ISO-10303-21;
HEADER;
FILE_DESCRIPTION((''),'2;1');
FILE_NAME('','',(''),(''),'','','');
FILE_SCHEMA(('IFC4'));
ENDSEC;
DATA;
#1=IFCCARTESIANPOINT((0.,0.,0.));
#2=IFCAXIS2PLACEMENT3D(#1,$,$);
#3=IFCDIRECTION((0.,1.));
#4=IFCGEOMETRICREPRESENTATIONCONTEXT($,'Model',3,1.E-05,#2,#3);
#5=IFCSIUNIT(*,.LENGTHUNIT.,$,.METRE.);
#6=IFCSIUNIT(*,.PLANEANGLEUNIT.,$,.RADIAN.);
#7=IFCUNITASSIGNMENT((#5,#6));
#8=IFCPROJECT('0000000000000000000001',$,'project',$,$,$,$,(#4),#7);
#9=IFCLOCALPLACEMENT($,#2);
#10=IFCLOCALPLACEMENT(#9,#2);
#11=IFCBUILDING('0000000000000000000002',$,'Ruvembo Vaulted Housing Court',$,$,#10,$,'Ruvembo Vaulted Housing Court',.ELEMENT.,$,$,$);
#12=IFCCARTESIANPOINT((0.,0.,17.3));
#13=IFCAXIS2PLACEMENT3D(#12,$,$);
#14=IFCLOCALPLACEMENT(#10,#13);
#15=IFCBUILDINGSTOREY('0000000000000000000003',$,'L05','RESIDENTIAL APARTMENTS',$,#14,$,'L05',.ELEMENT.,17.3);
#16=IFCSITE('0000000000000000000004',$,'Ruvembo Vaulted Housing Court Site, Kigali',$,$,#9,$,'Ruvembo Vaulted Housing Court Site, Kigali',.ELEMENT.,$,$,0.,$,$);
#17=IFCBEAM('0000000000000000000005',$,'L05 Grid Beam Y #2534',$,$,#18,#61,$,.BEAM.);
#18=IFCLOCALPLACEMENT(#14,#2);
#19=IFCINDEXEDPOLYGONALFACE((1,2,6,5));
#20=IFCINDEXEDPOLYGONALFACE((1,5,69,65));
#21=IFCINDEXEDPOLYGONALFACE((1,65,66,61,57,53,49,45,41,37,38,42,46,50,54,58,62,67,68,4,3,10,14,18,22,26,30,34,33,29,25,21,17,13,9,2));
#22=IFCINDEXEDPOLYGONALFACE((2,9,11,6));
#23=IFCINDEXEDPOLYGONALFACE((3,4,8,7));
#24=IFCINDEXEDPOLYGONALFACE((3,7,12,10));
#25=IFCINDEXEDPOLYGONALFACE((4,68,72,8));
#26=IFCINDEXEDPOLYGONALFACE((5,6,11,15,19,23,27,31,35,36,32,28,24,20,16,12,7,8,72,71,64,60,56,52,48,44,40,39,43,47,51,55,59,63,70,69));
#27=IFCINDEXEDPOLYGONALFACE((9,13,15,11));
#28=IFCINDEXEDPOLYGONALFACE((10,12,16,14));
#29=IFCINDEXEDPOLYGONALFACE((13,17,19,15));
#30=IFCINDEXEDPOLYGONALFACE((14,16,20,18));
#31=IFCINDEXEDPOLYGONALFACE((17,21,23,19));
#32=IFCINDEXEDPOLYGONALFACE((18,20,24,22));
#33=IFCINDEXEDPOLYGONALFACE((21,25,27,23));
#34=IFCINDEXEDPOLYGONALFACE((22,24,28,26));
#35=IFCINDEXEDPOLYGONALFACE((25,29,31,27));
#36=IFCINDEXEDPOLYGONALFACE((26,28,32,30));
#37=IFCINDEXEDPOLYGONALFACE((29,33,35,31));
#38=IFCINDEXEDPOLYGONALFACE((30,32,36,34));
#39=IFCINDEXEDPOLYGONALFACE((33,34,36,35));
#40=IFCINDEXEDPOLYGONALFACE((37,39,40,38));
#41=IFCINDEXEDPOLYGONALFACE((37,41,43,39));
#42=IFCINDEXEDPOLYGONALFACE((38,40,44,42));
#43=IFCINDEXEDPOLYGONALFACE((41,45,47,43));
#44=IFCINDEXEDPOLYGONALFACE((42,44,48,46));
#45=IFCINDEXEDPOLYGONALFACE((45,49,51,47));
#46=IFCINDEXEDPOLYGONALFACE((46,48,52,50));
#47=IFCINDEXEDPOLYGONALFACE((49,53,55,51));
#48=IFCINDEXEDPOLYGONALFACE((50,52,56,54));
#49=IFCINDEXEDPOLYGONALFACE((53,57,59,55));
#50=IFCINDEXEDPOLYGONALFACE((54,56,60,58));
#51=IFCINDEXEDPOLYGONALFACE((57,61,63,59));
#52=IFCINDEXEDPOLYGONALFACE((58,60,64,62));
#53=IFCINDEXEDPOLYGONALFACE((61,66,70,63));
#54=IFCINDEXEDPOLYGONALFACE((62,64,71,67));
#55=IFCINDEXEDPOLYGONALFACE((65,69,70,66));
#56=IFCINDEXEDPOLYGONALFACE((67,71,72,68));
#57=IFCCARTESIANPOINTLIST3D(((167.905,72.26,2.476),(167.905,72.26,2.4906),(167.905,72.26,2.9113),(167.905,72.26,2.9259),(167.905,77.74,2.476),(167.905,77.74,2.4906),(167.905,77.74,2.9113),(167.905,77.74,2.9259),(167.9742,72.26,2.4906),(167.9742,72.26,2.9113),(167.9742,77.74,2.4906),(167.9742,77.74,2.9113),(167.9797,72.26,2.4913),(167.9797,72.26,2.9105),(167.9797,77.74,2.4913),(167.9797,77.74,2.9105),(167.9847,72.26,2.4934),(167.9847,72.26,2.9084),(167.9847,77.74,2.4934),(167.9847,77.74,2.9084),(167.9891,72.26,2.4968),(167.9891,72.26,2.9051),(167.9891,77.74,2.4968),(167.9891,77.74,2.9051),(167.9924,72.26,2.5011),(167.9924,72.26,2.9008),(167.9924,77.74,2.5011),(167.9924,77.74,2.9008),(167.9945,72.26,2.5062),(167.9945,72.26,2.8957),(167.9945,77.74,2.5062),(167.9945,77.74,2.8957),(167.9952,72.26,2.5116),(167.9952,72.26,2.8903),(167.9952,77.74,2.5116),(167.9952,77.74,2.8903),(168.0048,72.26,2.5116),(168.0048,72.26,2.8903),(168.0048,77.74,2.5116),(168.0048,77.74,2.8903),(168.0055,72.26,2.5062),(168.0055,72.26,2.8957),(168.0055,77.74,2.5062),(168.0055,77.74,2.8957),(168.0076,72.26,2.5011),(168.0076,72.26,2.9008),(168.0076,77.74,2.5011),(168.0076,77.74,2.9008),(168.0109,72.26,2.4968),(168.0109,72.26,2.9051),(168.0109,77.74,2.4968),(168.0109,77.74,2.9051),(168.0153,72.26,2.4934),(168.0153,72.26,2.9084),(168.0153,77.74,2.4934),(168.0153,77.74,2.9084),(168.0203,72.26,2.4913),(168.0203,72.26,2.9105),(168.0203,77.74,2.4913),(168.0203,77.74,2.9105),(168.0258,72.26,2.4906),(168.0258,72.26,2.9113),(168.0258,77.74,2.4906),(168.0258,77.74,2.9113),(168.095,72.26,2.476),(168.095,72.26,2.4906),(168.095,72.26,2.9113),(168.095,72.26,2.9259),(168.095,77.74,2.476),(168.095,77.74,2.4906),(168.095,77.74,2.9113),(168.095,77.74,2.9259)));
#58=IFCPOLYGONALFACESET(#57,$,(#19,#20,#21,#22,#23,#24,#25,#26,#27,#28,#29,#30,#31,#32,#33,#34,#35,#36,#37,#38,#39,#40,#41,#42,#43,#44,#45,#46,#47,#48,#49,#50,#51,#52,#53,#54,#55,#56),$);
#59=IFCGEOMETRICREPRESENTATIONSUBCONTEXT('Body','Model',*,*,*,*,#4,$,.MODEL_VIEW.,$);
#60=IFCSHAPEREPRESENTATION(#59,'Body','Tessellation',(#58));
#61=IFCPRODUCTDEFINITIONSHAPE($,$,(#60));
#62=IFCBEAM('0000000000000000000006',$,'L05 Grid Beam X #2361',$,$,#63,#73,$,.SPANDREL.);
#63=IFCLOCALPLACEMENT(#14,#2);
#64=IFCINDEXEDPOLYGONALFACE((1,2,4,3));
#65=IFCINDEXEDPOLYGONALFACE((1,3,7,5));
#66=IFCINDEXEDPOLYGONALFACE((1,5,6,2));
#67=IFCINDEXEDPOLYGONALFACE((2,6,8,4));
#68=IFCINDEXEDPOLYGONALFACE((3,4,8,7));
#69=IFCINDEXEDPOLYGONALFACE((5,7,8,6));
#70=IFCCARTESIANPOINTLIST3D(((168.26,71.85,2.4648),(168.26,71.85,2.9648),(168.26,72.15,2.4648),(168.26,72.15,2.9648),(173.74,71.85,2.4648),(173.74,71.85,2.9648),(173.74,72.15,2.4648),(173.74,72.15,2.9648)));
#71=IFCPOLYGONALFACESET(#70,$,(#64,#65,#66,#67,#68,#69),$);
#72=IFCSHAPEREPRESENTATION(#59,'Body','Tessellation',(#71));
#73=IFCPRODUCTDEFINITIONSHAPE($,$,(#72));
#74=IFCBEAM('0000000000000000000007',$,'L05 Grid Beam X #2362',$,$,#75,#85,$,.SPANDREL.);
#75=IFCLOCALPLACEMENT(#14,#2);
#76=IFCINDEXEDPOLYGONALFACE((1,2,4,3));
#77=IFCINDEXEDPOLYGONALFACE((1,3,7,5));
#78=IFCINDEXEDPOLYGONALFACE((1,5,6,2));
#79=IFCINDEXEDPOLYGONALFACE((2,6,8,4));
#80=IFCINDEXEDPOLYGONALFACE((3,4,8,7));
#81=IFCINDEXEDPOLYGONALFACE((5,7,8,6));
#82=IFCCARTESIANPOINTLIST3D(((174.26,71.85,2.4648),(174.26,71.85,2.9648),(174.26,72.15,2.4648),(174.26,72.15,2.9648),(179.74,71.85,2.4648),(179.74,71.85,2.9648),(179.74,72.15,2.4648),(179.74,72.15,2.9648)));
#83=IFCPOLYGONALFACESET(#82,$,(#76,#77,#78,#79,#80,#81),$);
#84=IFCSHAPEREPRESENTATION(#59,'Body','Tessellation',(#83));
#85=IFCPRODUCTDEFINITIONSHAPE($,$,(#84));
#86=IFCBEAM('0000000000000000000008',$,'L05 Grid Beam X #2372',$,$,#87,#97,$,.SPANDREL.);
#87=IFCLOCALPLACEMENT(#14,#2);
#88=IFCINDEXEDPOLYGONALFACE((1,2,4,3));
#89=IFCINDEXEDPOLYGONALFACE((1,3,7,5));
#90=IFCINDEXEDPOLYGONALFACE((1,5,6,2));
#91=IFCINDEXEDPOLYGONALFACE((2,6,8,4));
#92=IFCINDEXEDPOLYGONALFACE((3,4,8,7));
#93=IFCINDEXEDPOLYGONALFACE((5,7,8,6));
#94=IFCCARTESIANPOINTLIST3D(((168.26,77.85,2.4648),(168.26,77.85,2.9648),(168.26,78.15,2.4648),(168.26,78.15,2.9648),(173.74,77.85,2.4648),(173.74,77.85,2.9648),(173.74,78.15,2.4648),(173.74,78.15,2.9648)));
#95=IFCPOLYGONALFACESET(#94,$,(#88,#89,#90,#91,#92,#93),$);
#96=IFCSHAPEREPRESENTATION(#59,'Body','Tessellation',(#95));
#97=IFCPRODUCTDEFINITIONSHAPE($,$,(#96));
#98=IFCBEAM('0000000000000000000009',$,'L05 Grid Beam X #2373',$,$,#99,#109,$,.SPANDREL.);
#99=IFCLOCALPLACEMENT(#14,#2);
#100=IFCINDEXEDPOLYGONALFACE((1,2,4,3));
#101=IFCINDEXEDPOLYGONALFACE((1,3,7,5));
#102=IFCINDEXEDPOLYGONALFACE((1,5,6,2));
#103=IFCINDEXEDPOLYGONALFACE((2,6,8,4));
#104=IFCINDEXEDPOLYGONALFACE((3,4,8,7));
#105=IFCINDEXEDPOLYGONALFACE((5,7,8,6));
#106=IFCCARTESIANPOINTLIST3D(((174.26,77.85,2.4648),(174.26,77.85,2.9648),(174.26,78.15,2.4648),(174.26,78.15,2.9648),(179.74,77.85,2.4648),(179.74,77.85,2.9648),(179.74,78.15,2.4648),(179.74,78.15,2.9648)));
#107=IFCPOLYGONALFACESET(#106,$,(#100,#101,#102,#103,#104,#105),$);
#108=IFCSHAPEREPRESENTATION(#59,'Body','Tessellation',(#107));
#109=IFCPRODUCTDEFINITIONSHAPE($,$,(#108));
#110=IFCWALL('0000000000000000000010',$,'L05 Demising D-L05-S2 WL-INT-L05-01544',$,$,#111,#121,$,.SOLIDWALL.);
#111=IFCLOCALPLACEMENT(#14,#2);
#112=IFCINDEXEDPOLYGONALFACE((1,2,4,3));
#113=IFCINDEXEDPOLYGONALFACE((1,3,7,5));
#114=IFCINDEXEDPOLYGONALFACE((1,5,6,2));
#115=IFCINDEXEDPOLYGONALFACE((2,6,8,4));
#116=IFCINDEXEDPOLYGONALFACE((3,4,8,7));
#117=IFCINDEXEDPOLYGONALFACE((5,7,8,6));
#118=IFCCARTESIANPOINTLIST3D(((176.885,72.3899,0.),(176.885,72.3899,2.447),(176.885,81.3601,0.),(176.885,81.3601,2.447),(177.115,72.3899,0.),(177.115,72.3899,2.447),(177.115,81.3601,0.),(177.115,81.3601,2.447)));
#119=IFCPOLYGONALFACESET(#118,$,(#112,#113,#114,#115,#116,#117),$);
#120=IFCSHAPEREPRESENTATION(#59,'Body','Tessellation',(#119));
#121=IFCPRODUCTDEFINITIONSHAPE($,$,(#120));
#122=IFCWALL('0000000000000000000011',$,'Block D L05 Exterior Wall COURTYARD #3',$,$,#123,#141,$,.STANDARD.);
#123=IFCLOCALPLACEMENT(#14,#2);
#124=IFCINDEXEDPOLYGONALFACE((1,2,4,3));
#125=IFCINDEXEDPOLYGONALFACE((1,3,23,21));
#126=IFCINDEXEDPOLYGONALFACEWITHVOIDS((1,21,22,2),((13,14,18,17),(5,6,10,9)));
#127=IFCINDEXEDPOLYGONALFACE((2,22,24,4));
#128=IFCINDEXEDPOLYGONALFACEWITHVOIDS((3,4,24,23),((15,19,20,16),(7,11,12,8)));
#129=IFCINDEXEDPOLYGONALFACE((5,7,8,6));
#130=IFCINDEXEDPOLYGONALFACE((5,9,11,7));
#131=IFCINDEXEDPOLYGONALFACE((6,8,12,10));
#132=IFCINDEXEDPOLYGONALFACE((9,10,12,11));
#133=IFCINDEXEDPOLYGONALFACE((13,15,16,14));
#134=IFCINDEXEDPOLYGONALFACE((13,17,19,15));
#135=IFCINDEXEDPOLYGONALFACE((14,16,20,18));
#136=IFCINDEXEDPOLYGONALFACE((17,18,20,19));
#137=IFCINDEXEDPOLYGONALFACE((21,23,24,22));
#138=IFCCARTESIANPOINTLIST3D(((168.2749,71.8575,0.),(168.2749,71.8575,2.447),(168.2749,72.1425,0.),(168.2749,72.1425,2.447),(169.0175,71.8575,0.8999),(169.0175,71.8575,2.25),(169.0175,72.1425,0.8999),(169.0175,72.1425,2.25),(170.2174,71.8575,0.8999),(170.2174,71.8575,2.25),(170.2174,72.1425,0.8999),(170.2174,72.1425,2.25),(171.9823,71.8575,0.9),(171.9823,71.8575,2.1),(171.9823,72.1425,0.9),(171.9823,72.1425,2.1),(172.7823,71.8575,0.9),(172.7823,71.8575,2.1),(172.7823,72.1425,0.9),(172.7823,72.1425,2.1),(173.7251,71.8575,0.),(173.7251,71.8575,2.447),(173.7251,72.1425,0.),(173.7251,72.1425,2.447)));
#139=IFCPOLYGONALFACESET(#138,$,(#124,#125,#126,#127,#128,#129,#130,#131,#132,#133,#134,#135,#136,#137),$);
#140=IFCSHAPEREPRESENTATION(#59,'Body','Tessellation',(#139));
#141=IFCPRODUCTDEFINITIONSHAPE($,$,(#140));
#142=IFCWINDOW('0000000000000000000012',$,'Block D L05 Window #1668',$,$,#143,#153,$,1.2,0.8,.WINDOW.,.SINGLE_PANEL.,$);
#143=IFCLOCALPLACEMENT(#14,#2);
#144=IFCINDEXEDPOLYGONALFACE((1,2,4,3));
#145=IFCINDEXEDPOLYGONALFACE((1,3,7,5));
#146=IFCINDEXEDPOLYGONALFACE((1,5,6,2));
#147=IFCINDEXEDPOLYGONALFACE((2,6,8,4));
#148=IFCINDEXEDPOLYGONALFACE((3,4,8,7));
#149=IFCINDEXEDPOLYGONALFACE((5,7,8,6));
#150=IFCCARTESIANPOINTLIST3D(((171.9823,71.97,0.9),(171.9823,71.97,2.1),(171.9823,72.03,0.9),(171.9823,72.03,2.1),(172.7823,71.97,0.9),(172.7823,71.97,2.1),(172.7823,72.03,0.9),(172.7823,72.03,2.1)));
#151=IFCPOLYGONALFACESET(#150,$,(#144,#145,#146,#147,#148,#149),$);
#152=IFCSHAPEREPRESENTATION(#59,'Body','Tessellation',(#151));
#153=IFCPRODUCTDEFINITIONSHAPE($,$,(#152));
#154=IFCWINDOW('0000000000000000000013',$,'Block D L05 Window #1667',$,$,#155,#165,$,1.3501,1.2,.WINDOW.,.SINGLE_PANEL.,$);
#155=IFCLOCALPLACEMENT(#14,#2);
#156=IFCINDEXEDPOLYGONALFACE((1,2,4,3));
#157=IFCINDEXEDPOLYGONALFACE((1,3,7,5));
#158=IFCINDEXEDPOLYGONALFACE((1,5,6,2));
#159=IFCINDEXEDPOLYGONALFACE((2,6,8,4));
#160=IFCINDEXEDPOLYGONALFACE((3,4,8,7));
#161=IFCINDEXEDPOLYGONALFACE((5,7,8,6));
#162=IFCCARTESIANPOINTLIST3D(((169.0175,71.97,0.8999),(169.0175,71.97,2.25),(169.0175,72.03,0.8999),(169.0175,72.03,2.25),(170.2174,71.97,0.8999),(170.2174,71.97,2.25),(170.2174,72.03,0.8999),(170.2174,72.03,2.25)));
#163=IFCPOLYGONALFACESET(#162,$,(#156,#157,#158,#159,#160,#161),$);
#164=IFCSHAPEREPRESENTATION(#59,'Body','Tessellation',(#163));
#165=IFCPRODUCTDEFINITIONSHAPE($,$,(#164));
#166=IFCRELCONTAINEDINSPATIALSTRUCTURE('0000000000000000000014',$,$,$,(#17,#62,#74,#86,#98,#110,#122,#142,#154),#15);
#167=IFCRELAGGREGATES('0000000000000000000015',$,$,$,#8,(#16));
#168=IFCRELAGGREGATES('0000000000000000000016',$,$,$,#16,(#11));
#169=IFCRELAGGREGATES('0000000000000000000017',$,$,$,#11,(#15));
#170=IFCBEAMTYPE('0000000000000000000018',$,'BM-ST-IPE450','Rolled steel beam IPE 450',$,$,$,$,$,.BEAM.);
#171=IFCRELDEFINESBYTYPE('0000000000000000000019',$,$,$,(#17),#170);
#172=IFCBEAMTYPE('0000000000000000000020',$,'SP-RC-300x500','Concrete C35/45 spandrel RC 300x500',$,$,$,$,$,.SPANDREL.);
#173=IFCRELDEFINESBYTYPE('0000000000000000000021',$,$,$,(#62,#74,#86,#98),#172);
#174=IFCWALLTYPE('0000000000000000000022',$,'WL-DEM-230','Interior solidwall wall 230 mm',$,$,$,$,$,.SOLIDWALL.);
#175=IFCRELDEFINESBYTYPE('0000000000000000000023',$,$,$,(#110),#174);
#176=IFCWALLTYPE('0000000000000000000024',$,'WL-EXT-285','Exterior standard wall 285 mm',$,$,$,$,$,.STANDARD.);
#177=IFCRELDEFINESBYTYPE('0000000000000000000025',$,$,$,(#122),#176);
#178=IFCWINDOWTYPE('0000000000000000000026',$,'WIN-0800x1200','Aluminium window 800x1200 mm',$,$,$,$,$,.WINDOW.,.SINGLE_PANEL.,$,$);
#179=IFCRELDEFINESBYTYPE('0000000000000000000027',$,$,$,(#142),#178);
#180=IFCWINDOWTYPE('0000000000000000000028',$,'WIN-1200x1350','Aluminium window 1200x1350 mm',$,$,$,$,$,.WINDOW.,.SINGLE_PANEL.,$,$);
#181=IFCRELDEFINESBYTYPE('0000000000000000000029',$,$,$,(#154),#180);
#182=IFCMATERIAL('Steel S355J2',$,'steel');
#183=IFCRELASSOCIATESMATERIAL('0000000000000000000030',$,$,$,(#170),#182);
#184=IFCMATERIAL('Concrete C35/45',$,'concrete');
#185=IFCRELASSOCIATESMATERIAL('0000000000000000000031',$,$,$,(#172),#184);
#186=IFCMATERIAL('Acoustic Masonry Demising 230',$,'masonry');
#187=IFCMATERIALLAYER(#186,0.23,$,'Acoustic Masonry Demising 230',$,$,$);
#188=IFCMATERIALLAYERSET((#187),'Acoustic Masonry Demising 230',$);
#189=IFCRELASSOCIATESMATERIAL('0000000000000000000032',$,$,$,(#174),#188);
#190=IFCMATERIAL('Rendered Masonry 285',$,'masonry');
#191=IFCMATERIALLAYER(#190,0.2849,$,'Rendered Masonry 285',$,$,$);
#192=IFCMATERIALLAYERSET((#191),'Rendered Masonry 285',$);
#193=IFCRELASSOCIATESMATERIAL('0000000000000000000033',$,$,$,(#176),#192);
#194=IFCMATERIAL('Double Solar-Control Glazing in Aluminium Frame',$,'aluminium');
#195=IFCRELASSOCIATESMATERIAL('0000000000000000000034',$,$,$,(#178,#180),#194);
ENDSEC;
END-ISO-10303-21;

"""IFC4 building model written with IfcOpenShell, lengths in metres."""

from ifc_helpers import new_model, si_unit, direction, frame, frame_2d, origin, origin_2d, place, context, subcontext, project, spatial, rectangle, i_section, extrude, material, layer, layer_set, material_profile, profile_set, type_object, element, fill, save


model = new_model("IFC4")

# Units and contexts
model_context = context("Model", 3, precision=1e-05, world=origin(), true_north=direction((0.0, 1.0)))
body_context = subcontext(model_context, "Body", "Model", "MODEL_VIEW")
ifc_project = project(units=[si_unit("LENGTHUNIT", "METRE"), si_unit("PLANEANGLEUNIT", "RADIAN")], contexts=[model_context])

# Site, building, storey
site_placement = place(None, origin())
site = spatial("IfcSite", under=ifc_project, at=site_placement, Name="Ruvembo Vaulted Housing Court Site, Kigali", LongName="Ruvembo Vaulted Housing Court Site, Kigali", CompositionType="ELEMENT", RefElevation=0.0)
building_placement = place(site_placement, origin())
building = spatial("IfcBuilding", under=site, at=building_placement, Name="Ruvembo Vaulted Housing Court", LongName="Ruvembo Vaulted Housing Court", CompositionType="ELEMENT")
storey_placement = place(building_placement, frame((0.0, 0.0, 17.3)))
storey = spatial("IfcBuildingStorey", under=building, at=storey_placement, Name="L05", Description="RESIDENTIAL APARTMENTS", LongName="L05", CompositionType="ELEMENT", Elevation=17.3)

# Shared definitions
ifc_material_1 = material(Name="Concrete C35/45", Category="concrete")

# Beams
ifc_material_2 = material(Name="Steel S355J2", Category="steel")
ifc_material_profile_1 = material_profile(ifc_material_2, i_section(OverallWidth=0.1899, OverallDepth=0.45, WebThickness=0.0095, FlangeThickness=0.0146, FilletRadius=0.021, at=origin_2d()), Name="IPE 450")
ifc_profile_set_1 = profile_set([ifc_material_profile_1], Name="Steel S355J2")
beam_type_1 = type_object("IfcBeamType", Name="BM-ST-IPE450", Description="Rolled steel beam IPE 450", PredefinedType="BEAM", material=ifc_profile_set_1)
beam_1_placement = place(storey_placement, frame((168.0, 72.26, 2.7009), z_axis=(0.0, 1.0, 0.0), x_axis=(-1.0, 0.0, 0.0)))
element("IfcBeam", 1, at=beam_1_placement, inside=storey, type_object=beam_type_1, Name="L05 Grid Beam Y #2534", PredefinedType="BEAM", context=body_context, shape_type="SweptSolid", body=[
    extrude(i_section(OverallWidth=0.1899, OverallDepth=0.45, WebThickness=0.0095, FlangeThickness=0.0146, FilletRadius=0.021, at=origin_2d()), origin(), (0.0, 0.0, 1.0), 5.48),
])
ifc_material_profile_2 = material_profile(ifc_material_1, rectangle(XDim=0.3, YDim=0.5, at=origin_2d()), Name="RC 300x500")
ifc_profile_set_2 = profile_set([ifc_material_profile_2], Name="Concrete C35/45")
beam_type_2 = type_object("IfcBeamType", Name="SP-RC-300x500", Description="Concrete C35/45 spandrel RC 300x500", PredefinedType="SPANDREL", material=ifc_profile_set_2)
for number, where, z_axis, x_axis, name in (
    (2, (168.26, 72.0, 2.7148), (1.0, 0.0, 0.0), (0.0, 1.0, 0.0), "L05 Grid Beam X #2361"),
    (3, (174.26, 72.0, 2.7148), (1.0, 0.0, 0.0), (0.0, 1.0, 0.0), "L05 Grid Beam X #2362"),
    (4, (168.26, 78.0, 2.7148), (1.0, 0.0, 0.0), (0.0, 1.0, 0.0), "L05 Grid Beam X #2372"),
    (5, (174.26, 78.0, 2.7148), (1.0, 0.0, 0.0), (0.0, 1.0, 0.0), "L05 Grid Beam X #2373"),
):
    element("IfcBeam", number, at=place(storey_placement, frame(where, z_axis=z_axis, x_axis=x_axis)), inside=storey, type_object=beam_type_2, Name=name, PredefinedType="SPANDREL", context=body_context, shape_type="SweptSolid", body=[
        extrude(rectangle(XDim=0.3, YDim=0.5, at=origin_2d()), origin(), (0.0, 0.0, 1.0), 5.48),
    ])

# Wall
ifc_material_3 = material(Name="Acoustic Masonry Demising 230", Category="masonry")
ifc_layer_1 = layer(ifc_material_3, 0.23, Name="Acoustic Masonry Demising 230")
ifc_layer_set_1 = layer_set([ifc_layer_1], Name="Acoustic Masonry Demising 230")
wall_type_1 = type_object("IfcWallType", Name="WL-DEM-230", Description="Interior solidwall wall 230 mm", PredefinedType="SOLIDWALL", material=ifc_layer_set_1)
wall_1_placement = place(storey_placement, frame((177.0, 72.3899, 0.0), z_axis=(0.0, 0.0, 1.0), x_axis=(0.0, 1.0, 0.0)))
element("IfcWall", 6, at=wall_1_placement, inside=storey, type_object=wall_type_1, Name="L05 Demising D-L05-S2 WL-INT-L05-01544", PredefinedType="SOLIDWALL", context=body_context, shape_type="SweptSolid", body=[
    extrude(rectangle(XDim=8.9702, YDim=0.23, at=frame_2d((4.4851, 0.0))), origin(), (0.0, 0.0, 1.0), 2.447),
])

# Wall, openings, windows
ifc_material_4 = material(Name="Rendered Masonry 285", Category="masonry")
ifc_layer_2 = layer(ifc_material_4, 0.2849, Name="Rendered Masonry 285")
ifc_layer_set_2 = layer_set([ifc_layer_2], Name="Rendered Masonry 285")
wall_type_2 = type_object("IfcWallType", Name="WL-EXT-285", Description="Exterior standard wall 285 mm", PredefinedType="STANDARD", material=ifc_layer_set_2)
wall_2_placement = place(storey_placement, frame((168.2749, 72.0, 0.0), z_axis=(0.0, 0.0, 1.0), x_axis=(1.0, 0.0, 0.0)))
wall_2 = element("IfcWall", 7, at=wall_2_placement, inside=storey, type_object=wall_type_2, Name="Block D L05 Exterior Wall COURTYARD #3", PredefinedType="STANDARD", context=body_context, shape_type="SweptSolid", body=[
    extrude(rectangle(XDim=5.4502, YDim=0.2849, at=frame_2d((2.7251, 0.0))), origin(), (0.0, 0.0, 1.0), 2.447),
])
opening_1_placement = place(wall_2_placement, frame((0.7424, 0.0, 0.8999)))
opening_1 = element("IfcOpeningElement", 8, at=opening_1_placement, cuts=wall_2, PredefinedType="OPENING", context=body_context, shape_type="SweptSolid", body=[
    extrude(rectangle(XDim=1.2, YDim=1.3501, at=frame_2d((0.6001, 0.675))), frame((0.0, 0.1523, 0.0), z_axis=(0.0, -1.0, 0.0), x_axis=(1.0, 0.0, 0.0)), (0.0, 0.0, 1.0), 0.3049),
])
opening_2_placement = place(wall_2_placement, frame((3.7075, 0.0, 0.8999)))
opening_2 = element("IfcOpeningElement", 9, at=opening_2_placement, cuts=wall_2, PredefinedType="OPENING", context=body_context, shape_type="SweptSolid", body=[
    extrude(rectangle(XDim=0.8, YDim=1.2, at=frame_2d((0.3999, 0.6001))), frame((0.0, 0.1523, 0.0), z_axis=(0.0, -1.0, 0.0), x_axis=(1.0, 0.0, 0.0)), (0.0, 0.0, 1.0), 0.3049),
])
ifc_material_5 = material(Name="Double Solar-Control Glazing in Aluminium Frame", Category="aluminium")
window_type_1 = type_object("IfcWindowType", Name="WIN-0800x1200", Description="Aluminium window 800x1200 mm", PartitioningType="SINGLE_PANEL", PredefinedType="WINDOW", material=ifc_material_5)
window_1_placement = place(opening_2_placement, origin())
window_1 = element("IfcWindow", 10, at=window_1_placement, inside=storey, type_object=window_type_1, Name="Block D L05 Window #1668", OverallHeight=1.2, OverallWidth=0.8, PartitioningType="SINGLE_PANEL", PredefinedType="WINDOW", context=body_context, shape_type="SweptSolid", body=[
    extrude(rectangle(XDim=0.8, YDim=1.2, at=frame_2d((0.3999, 0.6001))), frame((0.0, 0.03, 0.0), z_axis=(0.0, -1.0, 0.0), x_axis=(1.0, 0.0, 0.0)), (0.0, 0.0, 1.0), 0.0601),
])
fill(opening_2, window_1)
window_type_2 = type_object("IfcWindowType", Name="WIN-1200x1350", Description="Aluminium window 1200x1350 mm", PartitioningType="SINGLE_PANEL", PredefinedType="WINDOW", material=ifc_material_5)
window_2_placement = place(opening_1_placement, origin())
window_2 = element("IfcWindow", 11, at=window_2_placement, inside=storey, type_object=window_type_2, Name="Block D L05 Window #1667", OverallHeight=1.3501, OverallWidth=1.2, PartitioningType="SINGLE_PANEL", PredefinedType="WINDOW", context=body_context, shape_type="SweptSolid", body=[
    extrude(rectangle(XDim=1.2, YDim=1.3501, at=frame_2d((0.6001, 0.675))), frame((0.0, 0.03, 0.0), z_axis=(0.0, -1.0, 0.0), x_axis=(1.0, 0.0, 0.0)), (0.0, 0.0, 1.0), 0.0601),
])
fill(opening_1, window_2)

save(model, "model.ifc")
